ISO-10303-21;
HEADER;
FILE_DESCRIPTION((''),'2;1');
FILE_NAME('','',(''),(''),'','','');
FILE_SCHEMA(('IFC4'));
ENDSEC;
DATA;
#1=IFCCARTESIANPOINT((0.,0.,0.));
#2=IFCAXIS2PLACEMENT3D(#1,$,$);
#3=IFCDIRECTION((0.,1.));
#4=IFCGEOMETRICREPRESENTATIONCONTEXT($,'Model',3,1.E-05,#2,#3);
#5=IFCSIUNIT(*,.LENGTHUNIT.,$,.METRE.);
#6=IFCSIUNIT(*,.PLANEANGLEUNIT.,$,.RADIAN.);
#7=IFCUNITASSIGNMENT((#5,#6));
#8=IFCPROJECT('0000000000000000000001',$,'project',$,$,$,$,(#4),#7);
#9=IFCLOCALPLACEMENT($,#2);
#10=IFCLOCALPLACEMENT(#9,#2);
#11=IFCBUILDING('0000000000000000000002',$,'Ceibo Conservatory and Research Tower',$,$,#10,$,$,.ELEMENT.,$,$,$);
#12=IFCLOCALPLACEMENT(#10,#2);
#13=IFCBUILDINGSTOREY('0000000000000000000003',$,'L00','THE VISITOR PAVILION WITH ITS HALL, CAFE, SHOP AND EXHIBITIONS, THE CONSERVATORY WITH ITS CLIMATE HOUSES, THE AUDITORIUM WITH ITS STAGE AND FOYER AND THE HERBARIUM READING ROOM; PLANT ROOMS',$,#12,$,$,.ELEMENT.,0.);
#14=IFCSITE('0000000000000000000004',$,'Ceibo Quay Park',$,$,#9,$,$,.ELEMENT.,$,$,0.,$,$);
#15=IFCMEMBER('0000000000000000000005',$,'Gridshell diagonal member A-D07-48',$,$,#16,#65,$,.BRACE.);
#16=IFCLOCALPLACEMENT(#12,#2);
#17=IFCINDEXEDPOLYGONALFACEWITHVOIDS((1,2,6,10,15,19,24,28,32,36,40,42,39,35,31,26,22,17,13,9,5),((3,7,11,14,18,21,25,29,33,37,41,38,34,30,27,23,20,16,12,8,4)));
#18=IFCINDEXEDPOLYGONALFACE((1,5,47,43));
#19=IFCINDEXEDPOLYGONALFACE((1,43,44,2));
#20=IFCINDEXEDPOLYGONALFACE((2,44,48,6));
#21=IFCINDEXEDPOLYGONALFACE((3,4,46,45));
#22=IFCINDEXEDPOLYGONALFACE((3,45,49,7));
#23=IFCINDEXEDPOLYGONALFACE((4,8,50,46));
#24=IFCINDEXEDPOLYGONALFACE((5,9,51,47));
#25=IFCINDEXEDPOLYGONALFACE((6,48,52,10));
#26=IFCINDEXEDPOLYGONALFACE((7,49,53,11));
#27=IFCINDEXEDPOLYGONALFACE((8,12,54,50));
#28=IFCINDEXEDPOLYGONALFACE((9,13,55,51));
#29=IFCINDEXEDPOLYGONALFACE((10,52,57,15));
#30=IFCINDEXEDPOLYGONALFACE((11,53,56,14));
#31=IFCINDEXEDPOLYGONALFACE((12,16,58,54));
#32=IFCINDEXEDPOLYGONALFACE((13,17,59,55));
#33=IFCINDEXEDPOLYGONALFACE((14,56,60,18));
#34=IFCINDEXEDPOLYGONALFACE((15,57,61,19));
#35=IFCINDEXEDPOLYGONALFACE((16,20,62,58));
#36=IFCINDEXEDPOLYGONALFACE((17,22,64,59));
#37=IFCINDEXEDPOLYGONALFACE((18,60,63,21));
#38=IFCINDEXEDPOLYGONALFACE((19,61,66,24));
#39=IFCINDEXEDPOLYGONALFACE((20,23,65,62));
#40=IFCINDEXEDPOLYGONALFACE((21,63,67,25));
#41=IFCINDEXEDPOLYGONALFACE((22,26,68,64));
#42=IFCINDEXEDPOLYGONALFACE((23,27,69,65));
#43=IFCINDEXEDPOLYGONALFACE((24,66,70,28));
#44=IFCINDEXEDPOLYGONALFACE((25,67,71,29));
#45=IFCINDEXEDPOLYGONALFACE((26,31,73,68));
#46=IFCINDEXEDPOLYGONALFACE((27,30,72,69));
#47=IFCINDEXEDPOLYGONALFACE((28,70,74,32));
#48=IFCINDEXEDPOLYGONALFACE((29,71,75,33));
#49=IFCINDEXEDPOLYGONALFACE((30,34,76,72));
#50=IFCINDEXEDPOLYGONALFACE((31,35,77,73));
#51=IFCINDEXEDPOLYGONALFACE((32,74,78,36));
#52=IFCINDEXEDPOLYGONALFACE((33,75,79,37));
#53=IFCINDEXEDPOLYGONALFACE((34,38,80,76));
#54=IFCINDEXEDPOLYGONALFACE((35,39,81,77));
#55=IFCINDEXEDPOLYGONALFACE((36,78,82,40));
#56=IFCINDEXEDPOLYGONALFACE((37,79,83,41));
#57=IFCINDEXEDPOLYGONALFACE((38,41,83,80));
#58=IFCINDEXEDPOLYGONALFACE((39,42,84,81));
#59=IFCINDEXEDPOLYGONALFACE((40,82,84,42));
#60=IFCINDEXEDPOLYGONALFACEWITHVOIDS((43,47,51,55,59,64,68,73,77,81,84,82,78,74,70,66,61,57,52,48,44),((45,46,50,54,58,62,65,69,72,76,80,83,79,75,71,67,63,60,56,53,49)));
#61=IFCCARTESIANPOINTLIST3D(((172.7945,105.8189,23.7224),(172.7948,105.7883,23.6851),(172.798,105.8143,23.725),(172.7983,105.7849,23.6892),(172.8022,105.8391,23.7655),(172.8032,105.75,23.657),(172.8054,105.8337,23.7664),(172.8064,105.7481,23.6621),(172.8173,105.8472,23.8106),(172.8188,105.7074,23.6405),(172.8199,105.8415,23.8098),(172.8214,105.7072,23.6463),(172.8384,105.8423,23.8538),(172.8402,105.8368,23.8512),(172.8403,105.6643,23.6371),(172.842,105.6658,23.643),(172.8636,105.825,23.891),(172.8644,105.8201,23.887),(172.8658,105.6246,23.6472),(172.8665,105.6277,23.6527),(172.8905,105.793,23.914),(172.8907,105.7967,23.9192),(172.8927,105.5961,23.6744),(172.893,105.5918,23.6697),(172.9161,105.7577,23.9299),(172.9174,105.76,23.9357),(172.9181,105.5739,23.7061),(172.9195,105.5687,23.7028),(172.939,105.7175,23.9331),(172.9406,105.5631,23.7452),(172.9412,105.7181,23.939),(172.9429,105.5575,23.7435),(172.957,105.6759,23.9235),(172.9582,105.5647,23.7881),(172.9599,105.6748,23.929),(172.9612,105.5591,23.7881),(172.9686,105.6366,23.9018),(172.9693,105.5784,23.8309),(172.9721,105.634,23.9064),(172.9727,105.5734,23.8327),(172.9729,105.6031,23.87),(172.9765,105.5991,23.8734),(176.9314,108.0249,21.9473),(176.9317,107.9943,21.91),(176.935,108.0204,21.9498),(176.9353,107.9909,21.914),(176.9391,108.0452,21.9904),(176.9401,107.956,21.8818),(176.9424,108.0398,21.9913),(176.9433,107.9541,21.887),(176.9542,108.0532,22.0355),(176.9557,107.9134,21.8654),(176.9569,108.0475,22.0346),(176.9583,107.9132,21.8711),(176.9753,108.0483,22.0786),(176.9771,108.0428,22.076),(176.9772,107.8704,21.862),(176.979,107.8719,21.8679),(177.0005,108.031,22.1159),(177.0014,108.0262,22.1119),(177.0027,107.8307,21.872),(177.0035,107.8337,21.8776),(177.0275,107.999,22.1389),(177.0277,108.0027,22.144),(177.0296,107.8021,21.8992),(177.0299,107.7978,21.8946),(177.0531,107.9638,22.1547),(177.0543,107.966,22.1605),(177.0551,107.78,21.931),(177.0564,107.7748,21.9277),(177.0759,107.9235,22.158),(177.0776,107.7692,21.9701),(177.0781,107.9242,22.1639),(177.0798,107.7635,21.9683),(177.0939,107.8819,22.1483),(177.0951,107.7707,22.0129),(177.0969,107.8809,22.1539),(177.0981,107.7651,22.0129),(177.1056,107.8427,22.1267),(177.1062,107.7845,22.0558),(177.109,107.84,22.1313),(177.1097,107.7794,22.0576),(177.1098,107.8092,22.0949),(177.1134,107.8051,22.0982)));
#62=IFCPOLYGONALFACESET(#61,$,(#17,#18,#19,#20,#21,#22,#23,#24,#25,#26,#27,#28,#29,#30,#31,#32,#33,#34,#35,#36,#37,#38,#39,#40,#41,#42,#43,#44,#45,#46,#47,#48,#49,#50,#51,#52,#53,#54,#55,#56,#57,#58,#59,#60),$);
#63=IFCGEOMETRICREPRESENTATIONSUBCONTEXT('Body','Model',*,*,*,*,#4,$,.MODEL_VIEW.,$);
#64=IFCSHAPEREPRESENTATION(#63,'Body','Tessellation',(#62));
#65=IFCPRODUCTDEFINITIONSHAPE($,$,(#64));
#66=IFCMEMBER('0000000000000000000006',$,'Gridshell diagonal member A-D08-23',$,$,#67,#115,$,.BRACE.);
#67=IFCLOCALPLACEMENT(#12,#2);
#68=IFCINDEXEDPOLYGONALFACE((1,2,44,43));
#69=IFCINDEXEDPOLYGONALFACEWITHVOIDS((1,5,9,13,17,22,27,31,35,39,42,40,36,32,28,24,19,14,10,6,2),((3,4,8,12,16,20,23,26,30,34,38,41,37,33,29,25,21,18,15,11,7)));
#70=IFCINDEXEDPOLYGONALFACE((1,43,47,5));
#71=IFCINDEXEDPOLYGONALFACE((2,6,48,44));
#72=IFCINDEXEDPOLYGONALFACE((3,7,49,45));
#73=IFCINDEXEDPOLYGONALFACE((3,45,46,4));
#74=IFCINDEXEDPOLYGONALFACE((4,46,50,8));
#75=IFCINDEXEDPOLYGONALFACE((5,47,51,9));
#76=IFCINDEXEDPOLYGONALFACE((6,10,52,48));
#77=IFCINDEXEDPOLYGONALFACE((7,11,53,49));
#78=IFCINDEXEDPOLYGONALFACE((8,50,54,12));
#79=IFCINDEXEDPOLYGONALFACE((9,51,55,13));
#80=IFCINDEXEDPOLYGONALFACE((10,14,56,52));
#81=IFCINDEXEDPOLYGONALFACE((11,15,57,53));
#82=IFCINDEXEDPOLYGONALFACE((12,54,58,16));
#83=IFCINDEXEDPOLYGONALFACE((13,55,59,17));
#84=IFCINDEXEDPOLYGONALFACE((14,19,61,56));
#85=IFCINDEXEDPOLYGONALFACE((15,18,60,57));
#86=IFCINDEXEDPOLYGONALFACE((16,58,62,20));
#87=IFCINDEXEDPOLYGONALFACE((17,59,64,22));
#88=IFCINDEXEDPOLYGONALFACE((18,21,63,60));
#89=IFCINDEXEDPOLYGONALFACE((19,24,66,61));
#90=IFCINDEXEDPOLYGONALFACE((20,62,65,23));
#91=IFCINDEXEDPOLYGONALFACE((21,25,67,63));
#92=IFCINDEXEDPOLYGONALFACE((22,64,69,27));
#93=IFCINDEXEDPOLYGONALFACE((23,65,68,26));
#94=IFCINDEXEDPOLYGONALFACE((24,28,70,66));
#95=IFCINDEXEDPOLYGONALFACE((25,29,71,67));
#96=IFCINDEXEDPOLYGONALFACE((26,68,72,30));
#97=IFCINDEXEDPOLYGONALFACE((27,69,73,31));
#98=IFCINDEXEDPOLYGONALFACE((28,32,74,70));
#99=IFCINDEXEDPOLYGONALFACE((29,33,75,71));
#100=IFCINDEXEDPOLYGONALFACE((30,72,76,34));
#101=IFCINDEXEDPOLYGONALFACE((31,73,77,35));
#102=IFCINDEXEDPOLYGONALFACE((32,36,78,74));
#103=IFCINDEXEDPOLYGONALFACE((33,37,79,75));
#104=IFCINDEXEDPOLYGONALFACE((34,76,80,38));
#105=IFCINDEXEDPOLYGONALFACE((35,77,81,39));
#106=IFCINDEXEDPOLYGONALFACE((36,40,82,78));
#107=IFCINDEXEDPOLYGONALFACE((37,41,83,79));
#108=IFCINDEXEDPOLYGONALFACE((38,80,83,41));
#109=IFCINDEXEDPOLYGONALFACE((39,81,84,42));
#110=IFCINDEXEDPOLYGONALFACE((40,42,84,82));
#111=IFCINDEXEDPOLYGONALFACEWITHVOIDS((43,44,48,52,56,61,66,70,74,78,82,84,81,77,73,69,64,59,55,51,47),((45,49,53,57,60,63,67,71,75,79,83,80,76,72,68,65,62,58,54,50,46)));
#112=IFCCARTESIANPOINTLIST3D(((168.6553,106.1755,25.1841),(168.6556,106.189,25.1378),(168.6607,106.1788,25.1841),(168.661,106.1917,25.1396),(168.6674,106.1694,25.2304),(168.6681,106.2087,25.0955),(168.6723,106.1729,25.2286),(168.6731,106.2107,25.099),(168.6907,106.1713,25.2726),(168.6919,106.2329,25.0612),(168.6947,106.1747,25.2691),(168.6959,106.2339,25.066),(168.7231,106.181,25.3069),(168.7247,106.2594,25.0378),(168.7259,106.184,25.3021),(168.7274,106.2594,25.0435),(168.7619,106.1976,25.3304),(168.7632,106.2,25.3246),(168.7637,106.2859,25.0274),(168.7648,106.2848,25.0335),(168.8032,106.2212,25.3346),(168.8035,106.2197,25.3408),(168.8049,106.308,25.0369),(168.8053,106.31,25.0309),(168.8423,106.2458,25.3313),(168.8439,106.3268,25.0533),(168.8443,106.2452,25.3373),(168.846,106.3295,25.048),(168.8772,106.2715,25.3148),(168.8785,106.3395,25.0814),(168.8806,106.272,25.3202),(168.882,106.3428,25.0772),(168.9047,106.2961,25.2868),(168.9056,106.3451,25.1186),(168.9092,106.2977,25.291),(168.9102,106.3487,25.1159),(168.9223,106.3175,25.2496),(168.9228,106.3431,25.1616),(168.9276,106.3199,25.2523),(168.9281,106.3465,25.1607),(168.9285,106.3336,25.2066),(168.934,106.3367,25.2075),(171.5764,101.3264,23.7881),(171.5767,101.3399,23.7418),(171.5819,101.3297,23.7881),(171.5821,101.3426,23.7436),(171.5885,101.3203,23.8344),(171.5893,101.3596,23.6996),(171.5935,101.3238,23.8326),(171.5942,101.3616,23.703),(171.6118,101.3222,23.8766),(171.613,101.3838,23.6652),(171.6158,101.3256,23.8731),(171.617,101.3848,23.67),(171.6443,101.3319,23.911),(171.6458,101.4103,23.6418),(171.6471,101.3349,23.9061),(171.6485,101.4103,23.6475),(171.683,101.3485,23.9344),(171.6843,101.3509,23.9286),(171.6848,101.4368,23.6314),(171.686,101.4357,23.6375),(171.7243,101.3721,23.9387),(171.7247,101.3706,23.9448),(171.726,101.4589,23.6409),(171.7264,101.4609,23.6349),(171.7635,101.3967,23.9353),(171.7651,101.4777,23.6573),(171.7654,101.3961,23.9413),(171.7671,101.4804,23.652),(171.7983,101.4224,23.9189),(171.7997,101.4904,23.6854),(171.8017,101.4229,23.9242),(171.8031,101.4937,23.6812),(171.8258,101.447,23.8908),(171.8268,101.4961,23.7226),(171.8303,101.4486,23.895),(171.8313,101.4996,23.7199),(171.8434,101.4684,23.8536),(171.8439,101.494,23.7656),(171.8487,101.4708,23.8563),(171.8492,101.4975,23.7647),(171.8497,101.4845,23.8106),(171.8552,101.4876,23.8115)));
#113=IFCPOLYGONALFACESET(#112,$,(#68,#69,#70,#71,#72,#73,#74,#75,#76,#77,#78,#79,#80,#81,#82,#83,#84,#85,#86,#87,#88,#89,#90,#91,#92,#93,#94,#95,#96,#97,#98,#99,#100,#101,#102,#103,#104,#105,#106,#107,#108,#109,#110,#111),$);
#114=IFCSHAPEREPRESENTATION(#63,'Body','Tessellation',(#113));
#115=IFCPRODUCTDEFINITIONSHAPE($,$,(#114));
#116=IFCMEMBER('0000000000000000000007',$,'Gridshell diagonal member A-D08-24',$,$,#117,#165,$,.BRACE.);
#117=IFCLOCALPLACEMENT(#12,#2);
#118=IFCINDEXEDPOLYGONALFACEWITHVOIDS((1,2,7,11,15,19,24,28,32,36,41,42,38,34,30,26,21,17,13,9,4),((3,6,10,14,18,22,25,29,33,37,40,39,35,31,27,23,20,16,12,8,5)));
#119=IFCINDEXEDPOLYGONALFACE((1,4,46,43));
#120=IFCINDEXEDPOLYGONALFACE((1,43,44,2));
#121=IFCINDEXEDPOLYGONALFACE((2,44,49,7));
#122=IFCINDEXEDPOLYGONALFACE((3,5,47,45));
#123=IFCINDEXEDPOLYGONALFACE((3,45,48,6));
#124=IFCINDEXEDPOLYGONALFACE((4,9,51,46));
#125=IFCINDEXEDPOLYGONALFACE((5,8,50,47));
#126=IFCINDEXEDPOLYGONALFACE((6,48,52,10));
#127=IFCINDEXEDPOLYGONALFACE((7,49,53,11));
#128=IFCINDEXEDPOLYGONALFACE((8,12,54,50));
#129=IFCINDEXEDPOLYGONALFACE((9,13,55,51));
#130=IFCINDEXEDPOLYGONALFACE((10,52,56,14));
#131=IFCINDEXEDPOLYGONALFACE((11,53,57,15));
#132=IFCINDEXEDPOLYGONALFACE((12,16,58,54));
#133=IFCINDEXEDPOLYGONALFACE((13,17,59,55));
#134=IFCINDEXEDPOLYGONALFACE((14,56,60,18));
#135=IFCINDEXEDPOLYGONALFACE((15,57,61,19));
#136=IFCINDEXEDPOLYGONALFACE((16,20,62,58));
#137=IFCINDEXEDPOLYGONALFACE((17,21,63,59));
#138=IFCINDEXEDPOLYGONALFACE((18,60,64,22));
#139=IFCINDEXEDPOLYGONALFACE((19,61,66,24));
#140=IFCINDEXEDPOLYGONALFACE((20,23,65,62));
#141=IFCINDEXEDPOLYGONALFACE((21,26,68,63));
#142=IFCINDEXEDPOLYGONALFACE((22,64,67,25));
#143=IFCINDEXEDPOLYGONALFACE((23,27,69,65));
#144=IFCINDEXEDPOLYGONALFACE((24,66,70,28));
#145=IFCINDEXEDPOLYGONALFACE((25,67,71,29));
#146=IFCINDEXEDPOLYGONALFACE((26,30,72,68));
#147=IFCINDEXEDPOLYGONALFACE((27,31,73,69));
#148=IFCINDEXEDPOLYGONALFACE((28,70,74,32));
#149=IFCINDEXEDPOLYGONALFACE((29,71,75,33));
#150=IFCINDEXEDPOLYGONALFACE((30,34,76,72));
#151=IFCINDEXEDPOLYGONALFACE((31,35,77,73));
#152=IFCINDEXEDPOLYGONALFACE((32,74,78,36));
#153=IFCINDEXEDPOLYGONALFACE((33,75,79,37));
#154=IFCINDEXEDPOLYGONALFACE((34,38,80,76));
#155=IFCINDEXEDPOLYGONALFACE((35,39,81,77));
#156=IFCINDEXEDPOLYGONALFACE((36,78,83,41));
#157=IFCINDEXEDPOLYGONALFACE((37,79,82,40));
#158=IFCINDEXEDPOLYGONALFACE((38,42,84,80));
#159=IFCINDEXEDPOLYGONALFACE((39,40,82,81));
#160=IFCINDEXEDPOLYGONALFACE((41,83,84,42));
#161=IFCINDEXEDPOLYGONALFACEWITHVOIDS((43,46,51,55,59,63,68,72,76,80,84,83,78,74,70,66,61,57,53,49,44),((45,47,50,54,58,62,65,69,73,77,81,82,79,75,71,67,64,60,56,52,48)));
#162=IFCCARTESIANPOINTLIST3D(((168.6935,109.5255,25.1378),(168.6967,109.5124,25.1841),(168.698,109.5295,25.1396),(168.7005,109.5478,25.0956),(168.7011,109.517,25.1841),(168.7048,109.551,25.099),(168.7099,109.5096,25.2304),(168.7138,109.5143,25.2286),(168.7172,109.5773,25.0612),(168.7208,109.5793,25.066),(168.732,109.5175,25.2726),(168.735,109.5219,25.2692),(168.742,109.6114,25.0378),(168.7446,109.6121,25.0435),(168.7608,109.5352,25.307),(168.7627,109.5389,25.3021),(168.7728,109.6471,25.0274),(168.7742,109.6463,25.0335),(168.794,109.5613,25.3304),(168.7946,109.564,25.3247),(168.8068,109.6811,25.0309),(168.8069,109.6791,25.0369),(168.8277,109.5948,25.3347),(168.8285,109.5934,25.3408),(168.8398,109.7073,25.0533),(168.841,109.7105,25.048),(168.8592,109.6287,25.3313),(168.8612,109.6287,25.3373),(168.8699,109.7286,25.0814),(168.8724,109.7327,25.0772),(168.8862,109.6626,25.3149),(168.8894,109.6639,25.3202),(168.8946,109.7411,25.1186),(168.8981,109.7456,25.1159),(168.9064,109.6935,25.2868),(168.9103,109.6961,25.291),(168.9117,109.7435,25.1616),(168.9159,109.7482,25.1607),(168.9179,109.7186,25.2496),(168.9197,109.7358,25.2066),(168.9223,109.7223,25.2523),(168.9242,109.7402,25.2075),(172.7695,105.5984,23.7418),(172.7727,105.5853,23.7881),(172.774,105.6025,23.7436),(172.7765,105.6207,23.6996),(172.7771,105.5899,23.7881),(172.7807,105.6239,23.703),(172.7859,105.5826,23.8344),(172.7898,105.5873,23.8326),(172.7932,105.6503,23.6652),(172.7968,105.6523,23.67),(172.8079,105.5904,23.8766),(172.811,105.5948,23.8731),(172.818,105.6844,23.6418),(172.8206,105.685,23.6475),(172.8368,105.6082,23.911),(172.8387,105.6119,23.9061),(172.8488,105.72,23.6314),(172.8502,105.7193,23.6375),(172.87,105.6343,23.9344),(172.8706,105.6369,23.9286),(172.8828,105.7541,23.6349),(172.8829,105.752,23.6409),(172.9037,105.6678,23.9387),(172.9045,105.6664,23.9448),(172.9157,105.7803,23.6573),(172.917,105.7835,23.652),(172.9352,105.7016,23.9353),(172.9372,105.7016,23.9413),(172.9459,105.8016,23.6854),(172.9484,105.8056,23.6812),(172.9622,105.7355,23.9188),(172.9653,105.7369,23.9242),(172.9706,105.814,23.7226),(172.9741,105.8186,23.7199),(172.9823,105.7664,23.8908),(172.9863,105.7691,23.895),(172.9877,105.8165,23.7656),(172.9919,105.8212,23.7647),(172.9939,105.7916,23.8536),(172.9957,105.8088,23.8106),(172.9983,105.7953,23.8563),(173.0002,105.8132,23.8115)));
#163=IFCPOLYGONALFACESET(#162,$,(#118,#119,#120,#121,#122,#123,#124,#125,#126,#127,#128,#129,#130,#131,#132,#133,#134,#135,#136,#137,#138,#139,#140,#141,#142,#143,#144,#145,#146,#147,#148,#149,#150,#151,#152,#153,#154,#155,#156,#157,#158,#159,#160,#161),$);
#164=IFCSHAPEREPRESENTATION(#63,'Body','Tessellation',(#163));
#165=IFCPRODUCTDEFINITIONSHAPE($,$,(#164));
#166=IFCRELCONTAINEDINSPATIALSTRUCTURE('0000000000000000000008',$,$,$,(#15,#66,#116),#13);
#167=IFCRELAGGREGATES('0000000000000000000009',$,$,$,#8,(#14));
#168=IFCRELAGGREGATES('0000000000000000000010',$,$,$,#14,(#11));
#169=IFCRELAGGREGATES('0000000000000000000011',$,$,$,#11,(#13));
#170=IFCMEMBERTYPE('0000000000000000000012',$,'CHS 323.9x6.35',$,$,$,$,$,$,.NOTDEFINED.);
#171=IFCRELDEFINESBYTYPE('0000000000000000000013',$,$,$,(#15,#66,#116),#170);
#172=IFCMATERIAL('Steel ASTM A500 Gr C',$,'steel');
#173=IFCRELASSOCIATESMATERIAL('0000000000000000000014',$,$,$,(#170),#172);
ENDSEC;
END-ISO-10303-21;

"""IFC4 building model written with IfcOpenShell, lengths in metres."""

from ifc_helpers import new_model, si_unit, direction, frame, origin, origin_2d, place, context, subcontext, project, spatial, hollow_circle, extrude, material, material_profile, profile_set, type_object, element, save


model = new_model("IFC4")

# Units and contexts
model_context = context("Model", 3, precision=1e-05, world=origin(), true_north=direction((0.0, 1.0)))
body_context = subcontext(model_context, "Body", "Model", "MODEL_VIEW")
ifc_project = project(units=[si_unit("LENGTHUNIT", "METRE"), si_unit("PLANEANGLEUNIT", "RADIAN")], contexts=[model_context])

# Site, building, storey
site_placement = place(None, origin())
site = spatial("IfcSite", under=ifc_project, at=site_placement, Name="Ceibo Quay Park", CompositionType="ELEMENT", RefElevation=0.0)
building_placement = place(site_placement, origin())
building = spatial("IfcBuilding", under=site, at=building_placement, Name="Ceibo Conservatory and Research Tower", CompositionType="ELEMENT")
storey_placement = place(building_placement, origin())
storey = spatial("IfcBuildingStorey", under=building, at=storey_placement, Name="L00", Description="THE VISITOR PAVILION WITH ITS HALL, CAFE, SHOP AND EXHIBITIONS, THE CONSERVATORY WITH ITS CLIMATE HOUSES, THE AUDITORIUM WITH ITS STAGE AND FOYER AND THE HERBARIUM READING ROOM; PLANT ROOMS", CompositionType="ELEMENT", Elevation=0.0)

# Members
ifc_material_1 = material(Name="Steel ASTM A500 Gr C", Category="steel")
ifc_material_profile_1 = material_profile(ifc_material_1, hollow_circle(Radius=0.1619, WallThickness=0.0063, at=origin_2d()), Name="CHS 323.9x6.35")
ifc_profile_set_1 = profile_set([ifc_material_profile_1], Name="Steel ASTM A500 Gr C")
member_type_1 = type_object("IfcMemberType", Name="CHS 323.9x6.35", PredefinedType="NOTDEFINED", material=ifc_profile_set_1)
member_1_placement = place(storey_placement, frame((177.022, 107.908, 22.0129), z_axis=(-0.825212, -0.440048, 0.354094), x_axis=(0.470534, -0.882382, 0.0)))
element("IfcMember", 1, at=member_1_placement, inside=storey, type_object=member_type_1, Name="Gridshell diagonal member A-D07-48", PredefinedType="BRACE", context=body_context, shape_type="SweptSolid", body=[
    extrude(hollow_circle(Radius=0.1619, WallThickness=0.0063, at=origin_2d()), origin(), (0.0, 0.0, 1.0), 5.0132),
])
member_2_placement = place(storey_placement, frame((171.7151, 101.4099, 23.7881), z_axis=(-0.501002, 0.831668, 0.239426), x_axis=(-0.856582, -0.516011, 0.0)))
element("IfcMember", 2, at=member_2_placement, inside=storey, type_object=member_type_1, Name="Gridshell diagonal member A-D08-23", PredefinedType="BRACE", context=body_context, shape_type="SweptSolid", body=[
    extrude(hollow_circle(Radius=0.1619, WallThickness=0.0063, at=origin_2d()), origin(), (0.0, 0.0, 1.0), 5.8306),
])
member_3_placement = place(storey_placement, frame((172.885, 105.7019, 23.7881), z_axis=(-0.699187, 0.67364, 0.23947), x_axis=(-0.693828, -0.720141, 0.0)))
element("IfcMember", 3, at=member_3_placement, inside=storey, type_object=member_type_1, Name="Gridshell diagonal member A-D08-24", PredefinedType="BRACE", context=body_context, shape_type="SweptSolid", body=[
    extrude(hollow_circle(Radius=0.1619, WallThickness=0.0063, at=origin_2d()), origin(), (0.0, 0.0, 1.0), 5.8296),
])

save(model, "model.ifc")
